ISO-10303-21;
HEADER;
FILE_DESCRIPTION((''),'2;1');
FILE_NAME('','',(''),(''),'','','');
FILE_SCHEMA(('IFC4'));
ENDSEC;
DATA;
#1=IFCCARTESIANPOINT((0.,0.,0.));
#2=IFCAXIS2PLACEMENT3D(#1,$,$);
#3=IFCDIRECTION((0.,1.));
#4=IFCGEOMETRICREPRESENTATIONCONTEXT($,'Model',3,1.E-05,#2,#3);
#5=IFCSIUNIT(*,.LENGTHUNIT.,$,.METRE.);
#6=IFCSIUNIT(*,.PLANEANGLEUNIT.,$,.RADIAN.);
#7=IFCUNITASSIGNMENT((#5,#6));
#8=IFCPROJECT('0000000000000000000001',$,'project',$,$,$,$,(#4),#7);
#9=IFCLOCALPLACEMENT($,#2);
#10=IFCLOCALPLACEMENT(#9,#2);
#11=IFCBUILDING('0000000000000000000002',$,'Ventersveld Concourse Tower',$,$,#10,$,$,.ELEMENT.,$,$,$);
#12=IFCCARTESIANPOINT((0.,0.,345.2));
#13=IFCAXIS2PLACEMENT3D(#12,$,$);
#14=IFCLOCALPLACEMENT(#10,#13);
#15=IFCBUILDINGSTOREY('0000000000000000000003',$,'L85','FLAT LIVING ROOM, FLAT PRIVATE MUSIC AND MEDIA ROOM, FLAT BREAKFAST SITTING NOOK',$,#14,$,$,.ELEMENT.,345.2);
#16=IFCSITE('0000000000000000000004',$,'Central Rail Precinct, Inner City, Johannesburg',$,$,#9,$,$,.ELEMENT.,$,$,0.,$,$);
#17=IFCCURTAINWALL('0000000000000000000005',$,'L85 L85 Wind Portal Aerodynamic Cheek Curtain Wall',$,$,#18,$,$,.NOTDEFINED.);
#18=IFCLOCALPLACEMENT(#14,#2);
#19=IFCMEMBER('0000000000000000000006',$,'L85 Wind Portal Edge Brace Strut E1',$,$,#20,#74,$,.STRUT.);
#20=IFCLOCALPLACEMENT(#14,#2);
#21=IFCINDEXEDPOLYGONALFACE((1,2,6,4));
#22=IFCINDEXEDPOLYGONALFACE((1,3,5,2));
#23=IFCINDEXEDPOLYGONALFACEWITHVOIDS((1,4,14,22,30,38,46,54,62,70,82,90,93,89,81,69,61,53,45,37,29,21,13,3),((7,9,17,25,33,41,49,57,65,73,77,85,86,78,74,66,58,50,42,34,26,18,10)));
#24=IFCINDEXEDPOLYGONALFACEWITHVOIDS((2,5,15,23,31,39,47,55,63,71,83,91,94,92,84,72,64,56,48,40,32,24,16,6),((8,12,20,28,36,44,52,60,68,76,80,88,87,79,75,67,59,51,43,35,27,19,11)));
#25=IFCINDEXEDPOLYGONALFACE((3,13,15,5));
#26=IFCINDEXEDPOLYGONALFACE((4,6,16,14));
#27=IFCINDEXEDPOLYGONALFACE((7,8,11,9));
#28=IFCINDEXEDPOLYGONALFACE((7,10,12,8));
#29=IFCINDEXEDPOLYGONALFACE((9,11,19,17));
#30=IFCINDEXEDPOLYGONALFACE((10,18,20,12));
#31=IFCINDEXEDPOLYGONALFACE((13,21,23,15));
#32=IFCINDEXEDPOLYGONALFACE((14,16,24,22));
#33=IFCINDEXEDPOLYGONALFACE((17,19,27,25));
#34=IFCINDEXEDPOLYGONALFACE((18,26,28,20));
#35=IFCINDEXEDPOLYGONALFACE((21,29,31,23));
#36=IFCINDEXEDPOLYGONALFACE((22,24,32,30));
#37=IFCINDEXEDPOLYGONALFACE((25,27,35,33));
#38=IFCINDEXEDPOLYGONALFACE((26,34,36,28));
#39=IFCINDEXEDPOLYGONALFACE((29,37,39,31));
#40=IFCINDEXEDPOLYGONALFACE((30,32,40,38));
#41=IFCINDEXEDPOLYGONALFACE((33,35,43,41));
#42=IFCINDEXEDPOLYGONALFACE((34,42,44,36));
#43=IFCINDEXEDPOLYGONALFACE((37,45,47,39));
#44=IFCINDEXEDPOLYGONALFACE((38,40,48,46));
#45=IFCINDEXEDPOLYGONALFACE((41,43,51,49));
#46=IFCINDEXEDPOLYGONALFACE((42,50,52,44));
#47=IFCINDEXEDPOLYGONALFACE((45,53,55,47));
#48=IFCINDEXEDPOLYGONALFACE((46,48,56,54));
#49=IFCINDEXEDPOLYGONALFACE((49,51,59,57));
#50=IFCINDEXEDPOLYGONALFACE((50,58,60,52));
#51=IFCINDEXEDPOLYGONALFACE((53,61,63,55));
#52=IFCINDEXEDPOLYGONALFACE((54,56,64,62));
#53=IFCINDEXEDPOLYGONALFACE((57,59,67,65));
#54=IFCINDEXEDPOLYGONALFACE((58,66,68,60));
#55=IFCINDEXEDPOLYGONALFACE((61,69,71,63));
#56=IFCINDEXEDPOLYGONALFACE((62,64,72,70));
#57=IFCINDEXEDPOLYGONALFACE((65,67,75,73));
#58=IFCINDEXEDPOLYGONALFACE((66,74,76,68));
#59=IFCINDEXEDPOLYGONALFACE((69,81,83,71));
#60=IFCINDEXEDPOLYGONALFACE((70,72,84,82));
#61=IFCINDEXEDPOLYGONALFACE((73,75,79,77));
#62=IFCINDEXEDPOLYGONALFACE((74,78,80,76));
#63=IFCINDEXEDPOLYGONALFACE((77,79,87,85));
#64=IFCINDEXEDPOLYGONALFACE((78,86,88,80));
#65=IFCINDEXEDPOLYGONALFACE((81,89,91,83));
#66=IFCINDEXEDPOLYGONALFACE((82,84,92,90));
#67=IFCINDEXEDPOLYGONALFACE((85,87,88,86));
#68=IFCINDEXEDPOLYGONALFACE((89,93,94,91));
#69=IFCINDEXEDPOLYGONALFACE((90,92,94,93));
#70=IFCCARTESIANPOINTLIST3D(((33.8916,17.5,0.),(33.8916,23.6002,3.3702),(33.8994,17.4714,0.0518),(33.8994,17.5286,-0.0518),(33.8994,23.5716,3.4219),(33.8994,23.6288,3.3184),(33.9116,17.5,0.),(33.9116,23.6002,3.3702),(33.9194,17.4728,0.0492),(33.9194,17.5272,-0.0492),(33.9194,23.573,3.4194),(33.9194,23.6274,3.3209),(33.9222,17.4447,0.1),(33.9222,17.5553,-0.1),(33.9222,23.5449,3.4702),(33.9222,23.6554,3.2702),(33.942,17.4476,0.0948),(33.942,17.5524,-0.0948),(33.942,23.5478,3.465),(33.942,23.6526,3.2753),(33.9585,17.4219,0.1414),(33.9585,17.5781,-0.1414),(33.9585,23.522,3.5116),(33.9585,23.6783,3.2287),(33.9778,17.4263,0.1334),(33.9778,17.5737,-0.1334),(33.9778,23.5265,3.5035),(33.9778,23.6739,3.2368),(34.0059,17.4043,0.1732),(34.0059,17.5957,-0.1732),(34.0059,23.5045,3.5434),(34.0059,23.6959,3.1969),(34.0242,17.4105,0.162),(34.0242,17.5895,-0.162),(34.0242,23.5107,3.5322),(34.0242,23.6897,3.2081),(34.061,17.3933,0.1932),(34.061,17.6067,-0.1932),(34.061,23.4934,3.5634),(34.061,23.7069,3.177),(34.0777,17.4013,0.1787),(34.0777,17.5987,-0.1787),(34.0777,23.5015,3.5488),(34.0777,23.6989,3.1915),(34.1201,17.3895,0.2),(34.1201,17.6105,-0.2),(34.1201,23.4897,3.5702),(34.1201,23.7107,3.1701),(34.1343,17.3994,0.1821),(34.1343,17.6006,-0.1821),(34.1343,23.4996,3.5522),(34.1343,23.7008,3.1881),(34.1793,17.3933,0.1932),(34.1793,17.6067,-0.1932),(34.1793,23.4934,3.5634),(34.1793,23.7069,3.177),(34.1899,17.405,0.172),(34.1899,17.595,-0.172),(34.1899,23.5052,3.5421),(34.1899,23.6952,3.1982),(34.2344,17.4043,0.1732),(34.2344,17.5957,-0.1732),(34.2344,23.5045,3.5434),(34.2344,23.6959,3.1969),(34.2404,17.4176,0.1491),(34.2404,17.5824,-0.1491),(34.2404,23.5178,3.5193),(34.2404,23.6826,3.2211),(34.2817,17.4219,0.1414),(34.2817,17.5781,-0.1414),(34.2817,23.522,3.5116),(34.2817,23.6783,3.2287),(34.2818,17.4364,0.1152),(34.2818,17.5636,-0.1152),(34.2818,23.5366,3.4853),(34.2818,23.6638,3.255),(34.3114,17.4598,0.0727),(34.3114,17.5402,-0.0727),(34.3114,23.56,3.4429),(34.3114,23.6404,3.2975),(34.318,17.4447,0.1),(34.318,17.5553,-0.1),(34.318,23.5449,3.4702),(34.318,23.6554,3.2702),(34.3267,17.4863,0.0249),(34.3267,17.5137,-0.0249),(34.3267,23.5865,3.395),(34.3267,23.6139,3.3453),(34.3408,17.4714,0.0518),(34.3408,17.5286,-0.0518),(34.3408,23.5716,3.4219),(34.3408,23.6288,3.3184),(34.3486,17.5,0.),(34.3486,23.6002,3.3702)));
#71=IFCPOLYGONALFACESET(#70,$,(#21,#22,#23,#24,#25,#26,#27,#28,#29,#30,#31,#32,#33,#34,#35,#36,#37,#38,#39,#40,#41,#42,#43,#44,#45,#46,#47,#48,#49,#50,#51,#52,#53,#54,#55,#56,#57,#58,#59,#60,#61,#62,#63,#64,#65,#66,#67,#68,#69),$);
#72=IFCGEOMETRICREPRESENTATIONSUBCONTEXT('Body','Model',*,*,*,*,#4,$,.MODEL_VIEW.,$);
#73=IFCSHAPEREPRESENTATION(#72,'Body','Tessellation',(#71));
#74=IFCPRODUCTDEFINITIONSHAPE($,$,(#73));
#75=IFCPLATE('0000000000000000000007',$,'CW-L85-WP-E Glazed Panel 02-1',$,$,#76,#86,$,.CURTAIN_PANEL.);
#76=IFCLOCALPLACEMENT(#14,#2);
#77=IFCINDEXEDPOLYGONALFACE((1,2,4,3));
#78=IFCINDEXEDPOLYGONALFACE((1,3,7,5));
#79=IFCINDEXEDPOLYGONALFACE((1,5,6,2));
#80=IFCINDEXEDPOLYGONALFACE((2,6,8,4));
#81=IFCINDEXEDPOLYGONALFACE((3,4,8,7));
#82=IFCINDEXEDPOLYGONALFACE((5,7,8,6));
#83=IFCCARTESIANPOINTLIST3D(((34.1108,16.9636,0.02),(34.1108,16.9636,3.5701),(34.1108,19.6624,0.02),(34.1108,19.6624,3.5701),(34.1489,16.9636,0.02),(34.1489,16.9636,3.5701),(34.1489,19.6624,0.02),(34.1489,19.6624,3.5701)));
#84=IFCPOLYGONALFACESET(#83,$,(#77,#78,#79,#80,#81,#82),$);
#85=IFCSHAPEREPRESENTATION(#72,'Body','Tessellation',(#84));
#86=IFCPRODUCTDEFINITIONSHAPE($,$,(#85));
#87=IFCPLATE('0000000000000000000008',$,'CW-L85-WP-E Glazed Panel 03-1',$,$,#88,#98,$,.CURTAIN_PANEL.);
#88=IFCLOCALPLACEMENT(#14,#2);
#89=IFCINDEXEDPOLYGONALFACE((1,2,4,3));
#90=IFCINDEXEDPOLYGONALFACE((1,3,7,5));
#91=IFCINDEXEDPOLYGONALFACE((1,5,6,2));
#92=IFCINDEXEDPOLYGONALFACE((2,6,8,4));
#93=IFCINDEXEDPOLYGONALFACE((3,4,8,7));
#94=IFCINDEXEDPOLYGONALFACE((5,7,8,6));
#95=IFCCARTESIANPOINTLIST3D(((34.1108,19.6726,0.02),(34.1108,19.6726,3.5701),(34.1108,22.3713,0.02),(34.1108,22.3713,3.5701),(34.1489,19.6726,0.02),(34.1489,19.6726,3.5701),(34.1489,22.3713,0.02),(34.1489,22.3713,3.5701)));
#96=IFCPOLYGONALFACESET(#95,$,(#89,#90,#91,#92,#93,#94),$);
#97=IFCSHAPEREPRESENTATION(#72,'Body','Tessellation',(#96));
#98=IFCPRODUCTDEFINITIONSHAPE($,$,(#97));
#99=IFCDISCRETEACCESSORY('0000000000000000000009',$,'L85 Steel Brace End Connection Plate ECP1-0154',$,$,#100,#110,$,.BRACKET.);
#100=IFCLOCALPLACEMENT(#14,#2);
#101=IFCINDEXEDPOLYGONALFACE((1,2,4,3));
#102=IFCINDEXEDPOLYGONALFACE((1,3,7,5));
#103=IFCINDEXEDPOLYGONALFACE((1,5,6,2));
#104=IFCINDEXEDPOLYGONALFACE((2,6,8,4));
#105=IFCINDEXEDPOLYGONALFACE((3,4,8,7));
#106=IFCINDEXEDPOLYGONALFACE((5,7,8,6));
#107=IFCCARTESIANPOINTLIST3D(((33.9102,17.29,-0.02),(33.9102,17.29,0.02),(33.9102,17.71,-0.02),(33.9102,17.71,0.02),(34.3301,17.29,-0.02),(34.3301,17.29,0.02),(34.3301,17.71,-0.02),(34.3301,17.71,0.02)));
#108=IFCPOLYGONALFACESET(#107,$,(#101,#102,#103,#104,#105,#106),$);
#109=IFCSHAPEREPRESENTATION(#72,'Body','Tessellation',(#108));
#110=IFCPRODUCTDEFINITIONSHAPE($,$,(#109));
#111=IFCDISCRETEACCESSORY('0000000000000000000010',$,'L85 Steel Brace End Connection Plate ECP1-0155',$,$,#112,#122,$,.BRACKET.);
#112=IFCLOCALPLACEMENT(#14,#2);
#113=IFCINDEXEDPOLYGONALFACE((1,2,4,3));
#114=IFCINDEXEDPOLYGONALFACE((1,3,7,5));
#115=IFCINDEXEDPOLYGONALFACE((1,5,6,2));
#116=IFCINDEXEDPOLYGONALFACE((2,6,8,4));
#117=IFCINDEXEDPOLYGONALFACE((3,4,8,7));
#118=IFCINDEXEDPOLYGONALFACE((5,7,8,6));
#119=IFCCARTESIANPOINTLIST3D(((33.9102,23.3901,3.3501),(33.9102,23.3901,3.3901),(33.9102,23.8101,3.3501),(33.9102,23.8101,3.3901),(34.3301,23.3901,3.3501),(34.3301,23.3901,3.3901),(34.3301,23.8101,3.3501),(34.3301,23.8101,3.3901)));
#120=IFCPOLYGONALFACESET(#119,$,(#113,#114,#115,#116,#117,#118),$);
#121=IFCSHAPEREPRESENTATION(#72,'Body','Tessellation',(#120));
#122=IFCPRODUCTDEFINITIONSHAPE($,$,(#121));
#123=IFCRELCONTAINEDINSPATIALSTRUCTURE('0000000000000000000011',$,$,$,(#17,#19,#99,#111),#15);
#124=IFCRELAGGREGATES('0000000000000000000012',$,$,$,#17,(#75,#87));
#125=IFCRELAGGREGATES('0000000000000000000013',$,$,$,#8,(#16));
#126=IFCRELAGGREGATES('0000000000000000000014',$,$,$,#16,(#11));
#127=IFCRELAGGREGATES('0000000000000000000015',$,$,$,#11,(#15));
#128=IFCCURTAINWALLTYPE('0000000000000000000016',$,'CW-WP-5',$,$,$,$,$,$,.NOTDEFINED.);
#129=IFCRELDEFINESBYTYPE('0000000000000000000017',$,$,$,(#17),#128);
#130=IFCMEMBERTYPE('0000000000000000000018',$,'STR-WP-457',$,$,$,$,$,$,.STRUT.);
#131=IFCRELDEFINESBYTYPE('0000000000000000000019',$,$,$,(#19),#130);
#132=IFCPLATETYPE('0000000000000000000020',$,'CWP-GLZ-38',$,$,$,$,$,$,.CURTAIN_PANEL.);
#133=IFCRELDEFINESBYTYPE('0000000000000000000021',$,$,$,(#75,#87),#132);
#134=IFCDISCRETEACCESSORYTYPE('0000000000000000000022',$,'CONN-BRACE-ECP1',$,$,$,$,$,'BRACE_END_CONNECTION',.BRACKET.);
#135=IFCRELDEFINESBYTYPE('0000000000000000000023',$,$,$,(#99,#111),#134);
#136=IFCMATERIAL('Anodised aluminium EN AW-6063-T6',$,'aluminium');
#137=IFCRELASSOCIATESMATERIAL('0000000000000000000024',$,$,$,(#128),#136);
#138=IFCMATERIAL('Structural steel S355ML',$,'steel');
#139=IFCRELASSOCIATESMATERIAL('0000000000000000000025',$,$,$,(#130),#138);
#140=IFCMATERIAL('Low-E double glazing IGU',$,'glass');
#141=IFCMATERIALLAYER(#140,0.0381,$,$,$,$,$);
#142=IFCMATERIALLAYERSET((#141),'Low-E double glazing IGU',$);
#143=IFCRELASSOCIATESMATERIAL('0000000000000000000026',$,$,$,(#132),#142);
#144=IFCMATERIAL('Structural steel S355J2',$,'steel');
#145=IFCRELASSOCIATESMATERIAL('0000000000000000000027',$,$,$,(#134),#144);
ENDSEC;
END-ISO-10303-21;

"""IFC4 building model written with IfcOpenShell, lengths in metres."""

from ifc_helpers import new_model, si_unit, direction, frame, origin, origin_2d, place, context, subcontext, project, spatial, rectangle, hollow_circle, extrude, material, layer, layer_set, material_profile, profile_set, type_object, element, aggregate, save


model = new_model("IFC4")

# Units and contexts
model_context = context("Model", 3, precision=1e-05, world=origin(), true_north=direction((0.0, 1.0)))
body_context = subcontext(model_context, "Body", "Model", "MODEL_VIEW")
ifc_project = project(units=[si_unit("LENGTHUNIT", "METRE"), si_unit("PLANEANGLEUNIT", "RADIAN")], contexts=[model_context])

# Site, building, storey
site_placement = place(None, origin())
site = spatial("IfcSite", under=ifc_project, at=site_placement, Name="Central Rail Precinct, Inner City, Johannesburg", CompositionType="ELEMENT", RefElevation=0.0)
building_placement = place(site_placement, origin())
building = spatial("IfcBuilding", under=site, at=building_placement, Name="Ventersveld Concourse Tower", CompositionType="ELEMENT")
storey_placement = place(building_placement, frame((0.0, 0.0, 345.2)))
storey = spatial("IfcBuildingStorey", under=building, at=storey_placement, Name="L85", Description="FLAT LIVING ROOM, FLAT PRIVATE MUSIC AND MEDIA ROOM, FLAT BREAKFAST SITTING NOOK", CompositionType="ELEMENT", Elevation=345.2)

# Shared definitions
ifc_material_1 = material(Name="Structural steel S355J2", Category="steel")

# Curtain wall
ifc_material_2 = material(Name="Anodised aluminium EN AW-6063-T6", Category="aluminium")
curtain_wall_type = type_object("IfcCurtainWallType", Name="CW-WP-5", PredefinedType="NOTDEFINED", material=ifc_material_2)
curtain_wall_placement = place(storey_placement, origin())
curtain_wall = element("IfcCurtainWall", 1, at=curtain_wall_placement, inside=storey, type_object=curtain_wall_type, Name="L85 L85 Wind Portal Aerodynamic Cheek Curtain Wall", PredefinedType="NOTDEFINED")

# Member
ifc_material_3 = material(Name="Structural steel S355ML", Category="steel")
ifc_material_profile_1 = material_profile(ifc_material_3, hollow_circle(Radius=0.2285, WallThickness=0.02, at=origin_2d()), Name="CHS 457x20")
ifc_profile_set_1 = profile_set([ifc_material_profile_1], Name="Structural steel S355ML")
member_type_1 = type_object("IfcMemberType", Name="STR-WP-457", PredefinedType="STRUT", material=ifc_profile_set_1)
member_1_placement = place(storey_placement, frame((34.1201, 17.5, 0.0), z_axis=(0.0, 0.875302, 0.483577), x_axis=(-1.0, 0.0, 0.0)))
element("IfcMember", 2, at=member_1_placement, inside=storey, type_object=member_type_1, Name="L85 Wind Portal Edge Brace Strut E1", PredefinedType="STRUT", context=body_context, shape_type="SweptSolid", body=[
    extrude(hollow_circle(Radius=0.2285, WallThickness=0.02, at=origin_2d()), origin(), (0.0, 0.0, 1.0), 6.9692),
])

# Plates
ifc_material_4 = material(Name="Low-E double glazing IGU", Category="glass")
ifc_layer = layer(ifc_material_4, 0.0381)
ifc_layer_set = layer_set([ifc_layer], Name="Low-E double glazing IGU")
plate_type = type_object("IfcPlateType", Name="CWP-GLZ-38", PredefinedType="CURTAIN_PANEL", material=ifc_layer_set)
plate_1_placement = place(storey_placement, frame((34.1299, 18.313, 0.02), z_axis=(0.0, 0.0, 1.0), x_axis=(0.0, 1.0, 0.0)))
plate_1 = element("IfcPlate", 3, at=plate_1_placement, type_object=plate_type, Name="CW-L85-WP-E Glazed Panel 02-1", PredefinedType="CURTAIN_PANEL", context=body_context, shape_type="SweptSolid", body=[
    extrude(rectangle(XDim=2.6987, YDim=0.0381, at=origin_2d()), origin(), (0.0, 0.0, 1.0), 3.55),
])
plate_2_placement = place(storey_placement, frame((34.1299, 21.022, 0.02), z_axis=(0.0, 0.0, 1.0), x_axis=(0.0, 1.0, 0.0)))
plate_2 = element("IfcPlate", 4, at=plate_2_placement, type_object=plate_type, Name="CW-L85-WP-E Glazed Panel 03-1", PredefinedType="CURTAIN_PANEL", context=body_context, shape_type="SweptSolid", body=[
    extrude(rectangle(XDim=2.6987, YDim=0.0381, at=origin_2d()), origin(), (0.0, 0.0, 1.0), 3.55),
])
aggregate(curtain_wall, [plate_1, plate_2])

# Discrete accessories
discrete_accessory_type = type_object("IfcDiscreteAccessoryType", Name="CONN-BRACE-ECP1", ElementType="BRACE_END_CONNECTION", PredefinedType="BRACKET", material=ifc_material_1)
for number, where, z_axis, x_axis, name in (
    (5, (34.1201, 17.5, -0.02), (0.0, 0.0, 1.0), (1.0, 0.0, 0.0), "L85 Steel Brace End Connection Plate ECP1-0154"),
    (6, (34.1201, 23.6001, 3.3501), (0.0, 0.0, 1.0), (1.0, 0.0, 0.0), "L85 Steel Brace End Connection Plate ECP1-0155"),
):
    element("IfcDiscreteAccessory", number, at=place(storey_placement, frame(where, z_axis=z_axis, x_axis=x_axis)), inside=storey, type_object=discrete_accessory_type, Name=name, PredefinedType="BRACKET", context=body_context, shape_type="SweptSolid", body=[
        extrude(rectangle(XDim=0.4199, YDim=0.4199, at=origin_2d()), origin(), (0.0, 0.0, 1.0), 0.04),
    ])

save(model, "model.ifc")
